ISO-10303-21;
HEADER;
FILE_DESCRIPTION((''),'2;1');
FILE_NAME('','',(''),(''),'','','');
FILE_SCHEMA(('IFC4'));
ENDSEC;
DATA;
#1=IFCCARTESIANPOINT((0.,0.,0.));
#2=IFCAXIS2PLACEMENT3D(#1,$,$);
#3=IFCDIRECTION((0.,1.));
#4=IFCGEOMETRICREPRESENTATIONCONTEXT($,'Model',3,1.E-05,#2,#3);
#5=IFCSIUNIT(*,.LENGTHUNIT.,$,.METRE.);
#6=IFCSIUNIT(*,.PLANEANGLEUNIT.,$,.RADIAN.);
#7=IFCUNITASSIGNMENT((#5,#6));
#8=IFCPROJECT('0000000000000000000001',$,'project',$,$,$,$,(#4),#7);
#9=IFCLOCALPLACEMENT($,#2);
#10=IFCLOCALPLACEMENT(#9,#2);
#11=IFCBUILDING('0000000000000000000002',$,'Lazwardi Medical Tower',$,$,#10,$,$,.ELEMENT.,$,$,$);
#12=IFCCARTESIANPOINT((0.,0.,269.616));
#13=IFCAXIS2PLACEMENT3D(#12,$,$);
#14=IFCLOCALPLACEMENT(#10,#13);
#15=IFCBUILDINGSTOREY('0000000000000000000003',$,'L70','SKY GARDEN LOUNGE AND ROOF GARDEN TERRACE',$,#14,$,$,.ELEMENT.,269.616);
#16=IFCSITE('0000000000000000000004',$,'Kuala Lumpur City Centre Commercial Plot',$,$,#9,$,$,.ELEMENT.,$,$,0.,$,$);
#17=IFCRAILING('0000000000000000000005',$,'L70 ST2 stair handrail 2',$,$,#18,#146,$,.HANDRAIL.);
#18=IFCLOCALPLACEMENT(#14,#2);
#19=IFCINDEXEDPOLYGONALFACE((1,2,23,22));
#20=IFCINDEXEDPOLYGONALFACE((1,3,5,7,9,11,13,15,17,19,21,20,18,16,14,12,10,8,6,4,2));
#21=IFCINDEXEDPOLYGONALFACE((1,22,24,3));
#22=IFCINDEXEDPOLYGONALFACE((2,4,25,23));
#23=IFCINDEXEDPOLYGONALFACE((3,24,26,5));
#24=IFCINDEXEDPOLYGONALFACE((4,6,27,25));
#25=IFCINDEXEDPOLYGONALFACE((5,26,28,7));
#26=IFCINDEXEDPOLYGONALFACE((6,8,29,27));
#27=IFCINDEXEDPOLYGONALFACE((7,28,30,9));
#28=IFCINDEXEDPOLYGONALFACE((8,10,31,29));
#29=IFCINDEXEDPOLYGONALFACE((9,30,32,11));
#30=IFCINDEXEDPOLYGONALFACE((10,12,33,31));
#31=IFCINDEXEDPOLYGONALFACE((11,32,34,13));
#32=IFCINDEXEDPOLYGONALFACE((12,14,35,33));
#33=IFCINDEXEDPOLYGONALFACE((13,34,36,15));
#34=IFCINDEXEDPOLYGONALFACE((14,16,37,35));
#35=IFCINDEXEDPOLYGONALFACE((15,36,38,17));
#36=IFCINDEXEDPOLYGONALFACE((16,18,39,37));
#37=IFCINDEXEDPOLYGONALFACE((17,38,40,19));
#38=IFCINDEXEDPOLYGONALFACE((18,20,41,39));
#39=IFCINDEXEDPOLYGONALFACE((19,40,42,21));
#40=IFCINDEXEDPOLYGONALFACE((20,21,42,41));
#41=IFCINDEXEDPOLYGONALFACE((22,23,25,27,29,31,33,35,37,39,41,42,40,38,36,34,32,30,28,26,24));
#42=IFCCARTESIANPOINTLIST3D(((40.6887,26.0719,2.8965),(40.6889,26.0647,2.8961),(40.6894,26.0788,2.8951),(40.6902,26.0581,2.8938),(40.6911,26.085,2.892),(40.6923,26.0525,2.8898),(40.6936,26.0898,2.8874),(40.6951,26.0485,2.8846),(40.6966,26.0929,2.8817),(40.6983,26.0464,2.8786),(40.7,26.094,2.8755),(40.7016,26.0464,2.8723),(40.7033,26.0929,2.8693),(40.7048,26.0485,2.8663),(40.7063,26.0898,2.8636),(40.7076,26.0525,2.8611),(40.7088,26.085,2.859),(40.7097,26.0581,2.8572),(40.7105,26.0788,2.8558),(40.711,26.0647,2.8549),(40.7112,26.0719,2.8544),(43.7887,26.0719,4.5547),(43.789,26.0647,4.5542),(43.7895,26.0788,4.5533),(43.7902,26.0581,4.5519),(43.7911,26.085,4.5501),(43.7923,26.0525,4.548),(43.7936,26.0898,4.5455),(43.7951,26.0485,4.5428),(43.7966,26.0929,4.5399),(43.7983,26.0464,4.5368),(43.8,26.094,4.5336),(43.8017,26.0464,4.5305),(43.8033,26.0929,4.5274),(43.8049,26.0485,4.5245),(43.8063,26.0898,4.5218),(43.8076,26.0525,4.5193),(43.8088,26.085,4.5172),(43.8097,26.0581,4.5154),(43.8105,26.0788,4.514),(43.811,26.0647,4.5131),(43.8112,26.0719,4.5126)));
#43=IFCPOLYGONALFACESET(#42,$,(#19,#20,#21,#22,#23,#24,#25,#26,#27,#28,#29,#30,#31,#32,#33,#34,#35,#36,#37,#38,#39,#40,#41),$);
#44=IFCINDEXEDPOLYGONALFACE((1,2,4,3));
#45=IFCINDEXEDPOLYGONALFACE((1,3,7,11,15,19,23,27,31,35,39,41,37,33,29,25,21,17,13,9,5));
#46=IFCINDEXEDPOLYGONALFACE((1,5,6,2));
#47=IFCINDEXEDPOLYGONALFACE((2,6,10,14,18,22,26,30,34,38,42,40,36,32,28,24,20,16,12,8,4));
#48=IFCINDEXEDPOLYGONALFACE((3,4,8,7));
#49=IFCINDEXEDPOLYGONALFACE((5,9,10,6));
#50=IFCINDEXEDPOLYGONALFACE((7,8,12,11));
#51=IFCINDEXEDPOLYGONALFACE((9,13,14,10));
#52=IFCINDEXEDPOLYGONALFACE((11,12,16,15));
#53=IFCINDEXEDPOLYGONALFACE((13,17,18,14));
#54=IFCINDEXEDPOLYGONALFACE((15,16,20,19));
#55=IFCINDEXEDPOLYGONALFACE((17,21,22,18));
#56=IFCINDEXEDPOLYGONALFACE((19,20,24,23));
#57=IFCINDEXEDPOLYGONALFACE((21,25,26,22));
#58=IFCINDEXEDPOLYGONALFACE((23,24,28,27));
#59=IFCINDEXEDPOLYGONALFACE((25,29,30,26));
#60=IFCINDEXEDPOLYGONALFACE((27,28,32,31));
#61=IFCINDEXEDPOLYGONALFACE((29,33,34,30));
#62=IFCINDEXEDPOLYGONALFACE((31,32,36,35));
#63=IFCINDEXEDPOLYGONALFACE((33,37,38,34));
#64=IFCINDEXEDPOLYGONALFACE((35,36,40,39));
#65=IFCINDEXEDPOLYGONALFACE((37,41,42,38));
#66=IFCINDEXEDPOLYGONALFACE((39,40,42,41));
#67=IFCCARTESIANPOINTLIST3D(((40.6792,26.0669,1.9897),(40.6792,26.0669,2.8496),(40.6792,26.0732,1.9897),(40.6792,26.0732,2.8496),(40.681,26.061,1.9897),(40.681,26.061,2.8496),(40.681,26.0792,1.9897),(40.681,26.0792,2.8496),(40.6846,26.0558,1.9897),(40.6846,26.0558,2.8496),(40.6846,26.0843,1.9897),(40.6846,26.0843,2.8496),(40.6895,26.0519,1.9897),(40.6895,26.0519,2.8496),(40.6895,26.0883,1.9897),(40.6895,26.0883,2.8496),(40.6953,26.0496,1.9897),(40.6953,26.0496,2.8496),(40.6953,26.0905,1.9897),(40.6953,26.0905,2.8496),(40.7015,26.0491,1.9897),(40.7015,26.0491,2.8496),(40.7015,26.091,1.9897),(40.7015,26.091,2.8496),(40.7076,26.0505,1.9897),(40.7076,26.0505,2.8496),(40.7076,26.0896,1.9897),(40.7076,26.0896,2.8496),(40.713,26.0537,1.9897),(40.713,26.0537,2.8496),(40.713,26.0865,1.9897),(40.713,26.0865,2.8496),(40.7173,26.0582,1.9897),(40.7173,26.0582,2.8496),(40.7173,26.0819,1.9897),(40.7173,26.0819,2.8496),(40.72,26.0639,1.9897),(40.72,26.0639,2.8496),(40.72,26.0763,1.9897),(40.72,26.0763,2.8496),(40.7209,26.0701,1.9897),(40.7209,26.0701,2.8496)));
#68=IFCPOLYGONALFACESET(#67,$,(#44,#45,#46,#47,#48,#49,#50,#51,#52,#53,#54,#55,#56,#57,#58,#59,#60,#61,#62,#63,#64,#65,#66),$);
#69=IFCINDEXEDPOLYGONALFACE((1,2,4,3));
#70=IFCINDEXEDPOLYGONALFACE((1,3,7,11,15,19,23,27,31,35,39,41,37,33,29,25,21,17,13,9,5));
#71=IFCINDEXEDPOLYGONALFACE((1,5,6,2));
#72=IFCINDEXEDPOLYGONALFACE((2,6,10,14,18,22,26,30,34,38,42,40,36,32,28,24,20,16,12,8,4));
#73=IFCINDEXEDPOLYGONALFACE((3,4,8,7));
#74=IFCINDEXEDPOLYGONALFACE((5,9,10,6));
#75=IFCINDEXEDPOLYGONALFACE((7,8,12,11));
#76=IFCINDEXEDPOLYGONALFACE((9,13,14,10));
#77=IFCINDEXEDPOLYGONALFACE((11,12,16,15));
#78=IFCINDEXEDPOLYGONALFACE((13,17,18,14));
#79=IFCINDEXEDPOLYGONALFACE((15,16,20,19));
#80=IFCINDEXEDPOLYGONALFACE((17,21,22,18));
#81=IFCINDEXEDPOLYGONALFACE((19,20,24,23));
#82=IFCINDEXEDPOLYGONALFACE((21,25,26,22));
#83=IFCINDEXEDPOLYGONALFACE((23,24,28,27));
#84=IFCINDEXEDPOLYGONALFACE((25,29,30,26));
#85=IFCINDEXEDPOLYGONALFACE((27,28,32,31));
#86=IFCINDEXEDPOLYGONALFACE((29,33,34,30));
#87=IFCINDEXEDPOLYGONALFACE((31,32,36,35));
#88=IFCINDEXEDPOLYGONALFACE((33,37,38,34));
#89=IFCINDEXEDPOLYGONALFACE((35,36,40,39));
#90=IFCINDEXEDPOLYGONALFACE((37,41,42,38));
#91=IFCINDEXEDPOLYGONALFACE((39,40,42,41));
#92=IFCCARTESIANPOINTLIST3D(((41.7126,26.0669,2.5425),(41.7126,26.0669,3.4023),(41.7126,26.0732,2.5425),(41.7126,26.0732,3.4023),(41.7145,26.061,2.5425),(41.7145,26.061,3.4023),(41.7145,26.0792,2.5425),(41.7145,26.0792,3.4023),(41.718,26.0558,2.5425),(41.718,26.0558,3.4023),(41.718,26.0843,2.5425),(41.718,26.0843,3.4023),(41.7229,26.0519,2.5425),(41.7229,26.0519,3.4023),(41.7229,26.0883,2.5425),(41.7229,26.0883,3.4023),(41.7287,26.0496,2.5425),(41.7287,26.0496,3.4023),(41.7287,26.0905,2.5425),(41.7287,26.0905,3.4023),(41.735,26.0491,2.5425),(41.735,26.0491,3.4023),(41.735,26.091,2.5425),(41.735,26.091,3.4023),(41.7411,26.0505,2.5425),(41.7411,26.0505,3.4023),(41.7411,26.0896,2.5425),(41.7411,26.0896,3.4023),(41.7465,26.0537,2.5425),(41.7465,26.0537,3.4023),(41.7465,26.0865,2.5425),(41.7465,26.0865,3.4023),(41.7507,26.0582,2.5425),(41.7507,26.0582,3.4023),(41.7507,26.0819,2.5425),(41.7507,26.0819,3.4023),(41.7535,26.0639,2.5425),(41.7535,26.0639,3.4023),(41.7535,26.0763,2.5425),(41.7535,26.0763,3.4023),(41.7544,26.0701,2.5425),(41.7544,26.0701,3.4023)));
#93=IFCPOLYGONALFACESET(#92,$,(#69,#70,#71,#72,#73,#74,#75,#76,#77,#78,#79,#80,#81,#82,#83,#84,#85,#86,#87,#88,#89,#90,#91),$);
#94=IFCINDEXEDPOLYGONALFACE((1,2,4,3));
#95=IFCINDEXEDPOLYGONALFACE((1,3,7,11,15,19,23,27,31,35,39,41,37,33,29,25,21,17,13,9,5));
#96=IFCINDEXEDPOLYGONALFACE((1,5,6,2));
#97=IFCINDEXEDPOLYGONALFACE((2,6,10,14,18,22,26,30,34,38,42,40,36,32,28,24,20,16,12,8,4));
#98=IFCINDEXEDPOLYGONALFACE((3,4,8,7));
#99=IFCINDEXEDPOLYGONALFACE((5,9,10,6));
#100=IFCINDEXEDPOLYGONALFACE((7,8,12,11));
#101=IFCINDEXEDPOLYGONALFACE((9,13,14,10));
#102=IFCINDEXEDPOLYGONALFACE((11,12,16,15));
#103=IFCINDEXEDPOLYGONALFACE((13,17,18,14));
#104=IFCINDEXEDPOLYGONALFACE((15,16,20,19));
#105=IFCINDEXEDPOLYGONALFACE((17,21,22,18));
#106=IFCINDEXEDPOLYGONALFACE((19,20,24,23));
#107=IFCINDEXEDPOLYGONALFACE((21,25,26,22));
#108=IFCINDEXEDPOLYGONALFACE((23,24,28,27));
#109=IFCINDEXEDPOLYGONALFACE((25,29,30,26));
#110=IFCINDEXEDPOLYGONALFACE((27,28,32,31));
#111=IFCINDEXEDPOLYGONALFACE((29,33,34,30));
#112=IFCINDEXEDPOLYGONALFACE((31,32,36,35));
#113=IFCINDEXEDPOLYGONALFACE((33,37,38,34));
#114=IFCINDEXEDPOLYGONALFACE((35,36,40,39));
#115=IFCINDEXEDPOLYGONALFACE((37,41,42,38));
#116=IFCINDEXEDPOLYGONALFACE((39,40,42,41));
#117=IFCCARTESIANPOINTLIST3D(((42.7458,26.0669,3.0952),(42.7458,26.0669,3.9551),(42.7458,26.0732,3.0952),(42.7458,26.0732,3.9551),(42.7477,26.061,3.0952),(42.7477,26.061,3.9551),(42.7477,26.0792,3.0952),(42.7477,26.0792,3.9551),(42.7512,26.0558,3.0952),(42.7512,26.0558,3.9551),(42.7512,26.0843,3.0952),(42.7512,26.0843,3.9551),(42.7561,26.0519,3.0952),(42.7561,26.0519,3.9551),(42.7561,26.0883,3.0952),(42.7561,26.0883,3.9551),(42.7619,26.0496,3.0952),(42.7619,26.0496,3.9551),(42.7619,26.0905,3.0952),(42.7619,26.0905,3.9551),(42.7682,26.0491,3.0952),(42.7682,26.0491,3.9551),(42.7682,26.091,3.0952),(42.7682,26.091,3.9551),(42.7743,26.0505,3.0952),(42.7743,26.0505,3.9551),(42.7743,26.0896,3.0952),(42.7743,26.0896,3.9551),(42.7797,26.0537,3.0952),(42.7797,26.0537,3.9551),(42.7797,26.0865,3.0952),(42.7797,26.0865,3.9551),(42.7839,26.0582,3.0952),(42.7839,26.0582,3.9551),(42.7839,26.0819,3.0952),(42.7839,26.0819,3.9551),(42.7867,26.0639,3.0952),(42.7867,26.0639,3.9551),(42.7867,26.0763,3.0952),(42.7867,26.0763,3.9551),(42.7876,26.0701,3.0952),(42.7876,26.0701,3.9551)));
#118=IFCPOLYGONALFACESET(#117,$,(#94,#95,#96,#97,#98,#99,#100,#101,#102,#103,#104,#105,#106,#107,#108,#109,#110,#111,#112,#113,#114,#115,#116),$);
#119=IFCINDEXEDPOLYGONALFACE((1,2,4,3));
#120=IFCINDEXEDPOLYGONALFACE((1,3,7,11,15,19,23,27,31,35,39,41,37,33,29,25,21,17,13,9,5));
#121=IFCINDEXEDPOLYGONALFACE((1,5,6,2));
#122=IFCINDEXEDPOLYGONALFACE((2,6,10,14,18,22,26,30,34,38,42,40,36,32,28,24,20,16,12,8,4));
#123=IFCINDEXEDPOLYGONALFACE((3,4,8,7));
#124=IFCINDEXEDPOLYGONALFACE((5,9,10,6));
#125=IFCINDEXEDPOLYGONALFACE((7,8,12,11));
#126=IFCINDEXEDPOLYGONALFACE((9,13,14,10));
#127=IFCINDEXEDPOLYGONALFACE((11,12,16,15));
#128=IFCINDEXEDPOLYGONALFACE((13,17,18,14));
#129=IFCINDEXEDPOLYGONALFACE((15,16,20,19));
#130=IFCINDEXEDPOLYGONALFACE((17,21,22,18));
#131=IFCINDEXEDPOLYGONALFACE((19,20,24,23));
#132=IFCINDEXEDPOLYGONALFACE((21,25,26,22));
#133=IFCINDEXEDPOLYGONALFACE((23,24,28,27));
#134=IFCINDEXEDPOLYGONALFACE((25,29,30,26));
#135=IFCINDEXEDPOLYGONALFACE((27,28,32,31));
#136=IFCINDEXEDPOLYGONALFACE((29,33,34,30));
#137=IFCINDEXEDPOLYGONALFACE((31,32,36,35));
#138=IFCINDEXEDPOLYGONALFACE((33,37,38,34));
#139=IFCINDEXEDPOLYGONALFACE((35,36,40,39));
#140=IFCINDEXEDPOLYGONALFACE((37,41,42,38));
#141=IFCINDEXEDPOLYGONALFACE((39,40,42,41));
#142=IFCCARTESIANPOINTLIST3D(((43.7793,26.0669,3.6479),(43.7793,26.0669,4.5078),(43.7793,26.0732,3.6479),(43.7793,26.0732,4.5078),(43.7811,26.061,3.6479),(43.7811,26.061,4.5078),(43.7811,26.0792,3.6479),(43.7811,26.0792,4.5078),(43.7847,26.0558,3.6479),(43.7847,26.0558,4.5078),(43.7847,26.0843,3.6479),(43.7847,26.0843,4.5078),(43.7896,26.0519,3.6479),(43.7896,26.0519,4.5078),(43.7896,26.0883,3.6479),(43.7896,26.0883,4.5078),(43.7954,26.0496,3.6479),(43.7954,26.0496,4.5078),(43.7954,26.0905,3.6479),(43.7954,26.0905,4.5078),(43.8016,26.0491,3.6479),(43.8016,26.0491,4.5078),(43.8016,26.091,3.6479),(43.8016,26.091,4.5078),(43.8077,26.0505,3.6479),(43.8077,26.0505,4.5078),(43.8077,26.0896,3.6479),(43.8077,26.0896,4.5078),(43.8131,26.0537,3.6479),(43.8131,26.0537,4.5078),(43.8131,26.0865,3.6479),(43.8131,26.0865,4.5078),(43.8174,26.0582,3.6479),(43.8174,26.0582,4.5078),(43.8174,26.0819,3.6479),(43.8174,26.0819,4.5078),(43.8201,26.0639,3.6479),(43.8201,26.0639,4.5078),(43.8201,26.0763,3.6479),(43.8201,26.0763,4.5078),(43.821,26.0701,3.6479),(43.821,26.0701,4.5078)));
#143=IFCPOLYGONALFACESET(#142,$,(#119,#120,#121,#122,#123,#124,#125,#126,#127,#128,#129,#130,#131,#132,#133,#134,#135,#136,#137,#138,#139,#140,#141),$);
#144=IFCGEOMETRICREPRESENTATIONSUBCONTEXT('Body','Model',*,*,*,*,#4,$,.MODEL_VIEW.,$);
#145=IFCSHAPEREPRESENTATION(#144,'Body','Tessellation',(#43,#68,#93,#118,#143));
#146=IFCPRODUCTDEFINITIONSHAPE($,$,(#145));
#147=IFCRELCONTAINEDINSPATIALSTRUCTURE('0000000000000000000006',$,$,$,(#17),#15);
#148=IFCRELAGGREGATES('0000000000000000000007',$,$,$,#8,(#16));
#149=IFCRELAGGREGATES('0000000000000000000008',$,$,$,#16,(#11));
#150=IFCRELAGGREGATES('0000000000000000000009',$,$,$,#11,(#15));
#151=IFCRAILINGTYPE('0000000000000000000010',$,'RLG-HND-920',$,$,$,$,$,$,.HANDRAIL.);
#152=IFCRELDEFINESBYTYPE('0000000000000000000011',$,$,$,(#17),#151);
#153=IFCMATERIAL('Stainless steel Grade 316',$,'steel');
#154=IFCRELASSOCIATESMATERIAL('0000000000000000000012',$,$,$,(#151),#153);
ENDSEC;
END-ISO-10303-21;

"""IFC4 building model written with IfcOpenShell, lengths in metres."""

from ifc_helpers import new_model, si_unit, direction, frame, origin, origin_2d, place, context, subcontext, project, spatial, circle, extrude, material, type_object, element, save


model = new_model("IFC4")

# Units and contexts
model_context = context("Model", 3, precision=1e-05, world=origin(), true_north=direction((0.0, 1.0)))
body_context = subcontext(model_context, "Body", "Model", "MODEL_VIEW")
ifc_project = project(units=[si_unit("LENGTHUNIT", "METRE"), si_unit("PLANEANGLEUNIT", "RADIAN")], contexts=[model_context])

# Site, building, storey
site_placement = place(None, origin())
site = spatial("IfcSite", under=ifc_project, at=site_placement, Name="Kuala Lumpur City Centre Commercial Plot", CompositionType="ELEMENT", RefElevation=0.0)
building_placement = place(site_placement, origin())
building = spatial("IfcBuilding", under=site, at=building_placement, Name="Lazwardi Medical Tower", CompositionType="ELEMENT")
storey_placement = place(building_placement, frame((0.0, 0.0, 269.616)))
storey = spatial("IfcBuildingStorey", under=building, at=storey_placement, Name="L70", Description="SKY GARDEN LOUNGE AND ROOF GARDEN TERRACE", CompositionType="ELEMENT", Elevation=269.616)

# Railing
ifc_material_1 = material(Name="Stainless steel Grade 316", Category="steel")
railing_type_1 = type_object("IfcRailingType", Name="RLG-HND-920", PredefinedType="HANDRAIL", material=ifc_material_1)
railing_1_placement = place(storey_placement, frame((40.7, 26.0701, 1.9897)))
element("IfcRailing", 1, at=railing_1_placement, inside=storey, type_object=railing_type_1, Name="L70 ST2 stair handrail 2", PredefinedType="HANDRAIL", context=body_context, shape_type="SweptSolid", body=[
    extrude(circle(Radius=0.0239, at=origin_2d()), frame((0.0, 0.0, 0.8857), z_axis=(0.881783, 0.0, 0.471655), x_axis=(0.0, 1.0, 0.0)), (0.0, 0.0, 1.0), 3.5156),
    extrude(circle(Radius=0.021, at=origin_2d()), origin(), (0.0, 0.0, 1.0), 0.8599),
    extrude(circle(Radius=0.021, at=origin_2d()), frame((1.0334, 0.0, 0.5527)), (0.0, 0.0, 1.0), 0.8599),
    extrude(circle(Radius=0.021, at=origin_2d()), frame((2.0667, 0.0, 1.1055)), (0.0, 0.0, 1.0), 0.8599),
    extrude(circle(Radius=0.021, at=origin_2d()), frame((3.1001, 0.0, 1.6582)), (0.0, 0.0, 1.0), 0.8599),
])

save(model, "model.ifc")
